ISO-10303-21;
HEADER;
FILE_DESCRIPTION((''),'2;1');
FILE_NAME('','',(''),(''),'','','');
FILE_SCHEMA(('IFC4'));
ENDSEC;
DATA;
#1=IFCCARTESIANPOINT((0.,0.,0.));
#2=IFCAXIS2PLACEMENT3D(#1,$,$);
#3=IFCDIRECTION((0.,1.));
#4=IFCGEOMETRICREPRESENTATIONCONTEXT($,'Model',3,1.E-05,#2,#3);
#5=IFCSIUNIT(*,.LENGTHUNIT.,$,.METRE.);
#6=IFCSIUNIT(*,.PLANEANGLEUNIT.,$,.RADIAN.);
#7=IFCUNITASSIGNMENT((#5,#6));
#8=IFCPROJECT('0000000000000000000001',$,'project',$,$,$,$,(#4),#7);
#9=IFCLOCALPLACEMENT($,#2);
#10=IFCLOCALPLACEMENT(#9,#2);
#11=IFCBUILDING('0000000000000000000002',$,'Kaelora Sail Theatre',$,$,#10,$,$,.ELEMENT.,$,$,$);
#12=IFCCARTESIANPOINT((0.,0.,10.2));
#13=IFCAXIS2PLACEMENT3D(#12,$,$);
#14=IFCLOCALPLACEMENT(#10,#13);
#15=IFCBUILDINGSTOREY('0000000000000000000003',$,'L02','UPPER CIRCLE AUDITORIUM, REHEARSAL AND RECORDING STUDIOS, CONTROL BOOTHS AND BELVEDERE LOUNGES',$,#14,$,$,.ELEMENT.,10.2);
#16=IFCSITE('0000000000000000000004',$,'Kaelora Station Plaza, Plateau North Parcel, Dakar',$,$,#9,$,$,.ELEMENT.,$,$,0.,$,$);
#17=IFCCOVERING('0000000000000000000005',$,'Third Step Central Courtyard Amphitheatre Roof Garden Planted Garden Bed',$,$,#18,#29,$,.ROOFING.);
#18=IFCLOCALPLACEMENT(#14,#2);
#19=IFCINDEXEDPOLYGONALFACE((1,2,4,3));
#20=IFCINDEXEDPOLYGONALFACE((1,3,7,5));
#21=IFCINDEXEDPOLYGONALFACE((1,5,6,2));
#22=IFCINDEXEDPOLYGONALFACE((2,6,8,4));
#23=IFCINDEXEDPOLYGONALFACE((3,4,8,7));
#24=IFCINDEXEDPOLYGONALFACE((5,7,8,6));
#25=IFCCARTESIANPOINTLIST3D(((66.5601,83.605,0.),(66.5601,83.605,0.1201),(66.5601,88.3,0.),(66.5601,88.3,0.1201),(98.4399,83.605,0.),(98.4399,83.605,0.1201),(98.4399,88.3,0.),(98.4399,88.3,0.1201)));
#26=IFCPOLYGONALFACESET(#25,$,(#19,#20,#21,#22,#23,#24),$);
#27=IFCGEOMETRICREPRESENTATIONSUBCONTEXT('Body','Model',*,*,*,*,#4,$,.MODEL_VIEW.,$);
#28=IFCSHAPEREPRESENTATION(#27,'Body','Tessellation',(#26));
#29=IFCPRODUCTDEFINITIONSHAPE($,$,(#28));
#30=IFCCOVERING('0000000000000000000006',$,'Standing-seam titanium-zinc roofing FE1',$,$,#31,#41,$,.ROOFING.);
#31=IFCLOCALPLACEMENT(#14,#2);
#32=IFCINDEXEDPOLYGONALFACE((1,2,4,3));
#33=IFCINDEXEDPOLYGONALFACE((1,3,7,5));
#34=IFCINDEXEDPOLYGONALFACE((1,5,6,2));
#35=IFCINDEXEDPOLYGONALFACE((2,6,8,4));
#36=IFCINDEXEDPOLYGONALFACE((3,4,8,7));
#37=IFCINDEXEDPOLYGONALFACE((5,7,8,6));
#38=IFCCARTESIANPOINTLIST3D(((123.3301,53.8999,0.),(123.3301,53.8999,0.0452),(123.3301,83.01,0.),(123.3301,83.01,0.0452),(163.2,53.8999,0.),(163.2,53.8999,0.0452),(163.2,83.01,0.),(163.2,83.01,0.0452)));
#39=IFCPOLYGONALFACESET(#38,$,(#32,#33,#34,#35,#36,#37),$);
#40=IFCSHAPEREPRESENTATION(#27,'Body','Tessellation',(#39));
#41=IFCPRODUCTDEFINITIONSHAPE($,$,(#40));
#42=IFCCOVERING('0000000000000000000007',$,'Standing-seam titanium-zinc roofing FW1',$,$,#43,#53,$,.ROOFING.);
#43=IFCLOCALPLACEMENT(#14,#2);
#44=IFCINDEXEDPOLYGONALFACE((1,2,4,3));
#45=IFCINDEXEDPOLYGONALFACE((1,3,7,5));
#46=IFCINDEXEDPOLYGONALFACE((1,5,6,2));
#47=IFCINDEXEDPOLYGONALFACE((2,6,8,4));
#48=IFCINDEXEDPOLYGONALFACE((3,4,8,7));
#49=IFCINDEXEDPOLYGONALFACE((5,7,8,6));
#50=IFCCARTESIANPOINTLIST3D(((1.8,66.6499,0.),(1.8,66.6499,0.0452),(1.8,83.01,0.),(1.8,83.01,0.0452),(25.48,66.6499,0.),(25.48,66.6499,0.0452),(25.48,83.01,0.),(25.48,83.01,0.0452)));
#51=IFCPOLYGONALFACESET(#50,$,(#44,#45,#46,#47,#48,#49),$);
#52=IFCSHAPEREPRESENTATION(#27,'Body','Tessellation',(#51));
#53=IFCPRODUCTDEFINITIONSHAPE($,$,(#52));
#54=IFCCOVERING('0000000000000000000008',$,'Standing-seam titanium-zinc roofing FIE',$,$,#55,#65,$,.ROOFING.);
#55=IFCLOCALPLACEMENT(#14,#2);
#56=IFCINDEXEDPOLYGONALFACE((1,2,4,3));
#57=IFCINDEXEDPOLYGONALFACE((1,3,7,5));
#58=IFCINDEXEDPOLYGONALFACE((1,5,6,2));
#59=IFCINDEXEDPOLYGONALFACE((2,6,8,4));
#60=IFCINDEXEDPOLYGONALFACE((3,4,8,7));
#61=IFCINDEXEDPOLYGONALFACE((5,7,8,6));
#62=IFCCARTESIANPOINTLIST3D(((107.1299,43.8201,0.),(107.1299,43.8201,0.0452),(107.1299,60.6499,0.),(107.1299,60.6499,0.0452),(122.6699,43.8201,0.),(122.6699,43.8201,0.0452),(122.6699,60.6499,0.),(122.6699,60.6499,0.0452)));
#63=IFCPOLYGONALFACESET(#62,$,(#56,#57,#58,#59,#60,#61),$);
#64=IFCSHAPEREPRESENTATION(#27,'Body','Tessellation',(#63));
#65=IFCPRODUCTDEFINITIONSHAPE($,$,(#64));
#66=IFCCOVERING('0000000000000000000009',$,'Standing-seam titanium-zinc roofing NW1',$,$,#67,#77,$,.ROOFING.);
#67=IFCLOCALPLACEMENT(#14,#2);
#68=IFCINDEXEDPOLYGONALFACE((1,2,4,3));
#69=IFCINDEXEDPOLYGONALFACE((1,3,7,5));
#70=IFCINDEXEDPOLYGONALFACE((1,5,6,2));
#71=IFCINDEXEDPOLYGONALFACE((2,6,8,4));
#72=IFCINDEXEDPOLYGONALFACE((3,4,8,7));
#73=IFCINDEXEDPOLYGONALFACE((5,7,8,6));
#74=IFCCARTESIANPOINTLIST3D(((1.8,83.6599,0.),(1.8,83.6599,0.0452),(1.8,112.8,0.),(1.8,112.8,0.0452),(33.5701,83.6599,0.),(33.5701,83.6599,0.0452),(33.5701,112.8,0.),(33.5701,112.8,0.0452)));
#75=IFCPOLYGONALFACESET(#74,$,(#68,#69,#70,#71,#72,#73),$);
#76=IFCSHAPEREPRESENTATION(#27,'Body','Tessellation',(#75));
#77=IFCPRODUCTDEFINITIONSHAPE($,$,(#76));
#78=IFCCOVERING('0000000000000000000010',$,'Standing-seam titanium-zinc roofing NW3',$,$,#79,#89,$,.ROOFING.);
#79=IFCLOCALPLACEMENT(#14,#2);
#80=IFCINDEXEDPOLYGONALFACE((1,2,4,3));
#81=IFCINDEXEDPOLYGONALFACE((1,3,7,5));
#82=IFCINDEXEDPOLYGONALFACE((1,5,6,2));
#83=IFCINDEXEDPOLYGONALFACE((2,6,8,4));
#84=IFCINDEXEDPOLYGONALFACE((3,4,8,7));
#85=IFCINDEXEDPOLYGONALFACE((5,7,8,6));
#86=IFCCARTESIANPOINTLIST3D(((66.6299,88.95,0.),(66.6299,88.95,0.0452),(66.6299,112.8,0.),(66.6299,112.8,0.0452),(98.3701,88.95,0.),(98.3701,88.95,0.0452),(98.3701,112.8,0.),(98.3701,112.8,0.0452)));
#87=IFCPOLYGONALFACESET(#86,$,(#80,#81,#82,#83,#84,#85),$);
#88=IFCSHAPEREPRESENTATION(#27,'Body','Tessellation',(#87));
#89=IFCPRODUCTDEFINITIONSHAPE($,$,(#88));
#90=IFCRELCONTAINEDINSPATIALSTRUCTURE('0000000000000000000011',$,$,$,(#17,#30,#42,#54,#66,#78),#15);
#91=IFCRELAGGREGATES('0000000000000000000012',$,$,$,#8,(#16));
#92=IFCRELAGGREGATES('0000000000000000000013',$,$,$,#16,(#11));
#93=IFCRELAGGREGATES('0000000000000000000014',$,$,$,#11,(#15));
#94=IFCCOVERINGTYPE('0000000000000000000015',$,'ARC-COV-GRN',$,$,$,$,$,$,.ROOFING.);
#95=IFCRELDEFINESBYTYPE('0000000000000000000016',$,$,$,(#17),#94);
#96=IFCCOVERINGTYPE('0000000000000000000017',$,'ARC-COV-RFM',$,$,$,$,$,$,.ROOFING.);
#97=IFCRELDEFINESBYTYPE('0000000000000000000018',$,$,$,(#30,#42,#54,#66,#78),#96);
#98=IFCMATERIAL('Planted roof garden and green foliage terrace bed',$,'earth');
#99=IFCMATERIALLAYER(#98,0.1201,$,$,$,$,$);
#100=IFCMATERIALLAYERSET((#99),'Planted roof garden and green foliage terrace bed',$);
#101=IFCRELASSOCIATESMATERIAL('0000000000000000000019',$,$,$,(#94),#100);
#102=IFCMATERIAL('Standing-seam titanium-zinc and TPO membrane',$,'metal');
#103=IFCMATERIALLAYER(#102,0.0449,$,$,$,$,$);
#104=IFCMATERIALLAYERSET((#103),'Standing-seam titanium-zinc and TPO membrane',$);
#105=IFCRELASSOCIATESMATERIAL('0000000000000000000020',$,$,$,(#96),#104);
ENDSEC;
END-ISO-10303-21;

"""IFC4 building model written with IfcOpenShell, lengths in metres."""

from ifc_helpers import new_model, si_unit, direction, frame, origin, place, context, subcontext, project, spatial, polyline, outline, extrude, material, layer, layer_set, type_object, element, save


model = new_model("IFC4")

# Units and contexts
model_context = context("Model", 3, precision=1e-05, world=origin(), true_north=direction((0.0, 1.0)))
body_context = subcontext(model_context, "Body", "Model", "MODEL_VIEW")
ifc_project = project(units=[si_unit("LENGTHUNIT", "METRE"), si_unit("PLANEANGLEUNIT", "RADIAN")], contexts=[model_context])

# Site, building, storey
site_placement = place(None, origin())
site = spatial("IfcSite", under=ifc_project, at=site_placement, Name="Kaelora Station Plaza, Plateau North Parcel, Dakar", CompositionType="ELEMENT", RefElevation=0.0)
building_placement = place(site_placement, origin())
building = spatial("IfcBuilding", under=site, at=building_placement, Name="Kaelora Sail Theatre", CompositionType="ELEMENT")
storey_placement = place(building_placement, frame((0.0, 0.0, 10.2)))
storey = spatial("IfcBuildingStorey", under=building, at=storey_placement, Name="L02", Description="UPPER CIRCLE AUDITORIUM, REHEARSAL AND RECORDING STUDIOS, CONTROL BOOTHS AND BELVEDERE LOUNGES", CompositionType="ELEMENT", Elevation=10.2)

# Coverings
ifc_material_1 = material(Name="Planted roof garden and green foliage terrace bed", Category="earth")
ifc_layer_1 = layer(ifc_material_1, 0.1201)
ifc_layer_set_1 = layer_set([ifc_layer_1], Name="Planted roof garden and green foliage terrace bed")
covering_type_1 = type_object("IfcCoveringType", Name="ARC-COV-GRN", PredefinedType="ROOFING", material=ifc_layer_set_1)
covering_1_placement = place(storey_placement, origin())
element("IfcCovering", 1, at=covering_1_placement, inside=storey, type_object=covering_type_1, Name="Third Step Central Courtyard Amphitheatre Roof Garden Planted Garden Bed", PredefinedType="ROOFING", context=body_context, shape_type="SweptSolid", body=[
    extrude(outline(polyline([(66.5601, 83.605), (98.4399, 83.605), (98.4399, 88.3), (66.5601, 88.3), (66.5601, 83.605)])), origin(), (0.0, 0.0, 1.0), 0.1201),
])
ifc_material_2 = material(Name="Standing-seam titanium-zinc and TPO membrane", Category="metal")
ifc_layer_2 = layer(ifc_material_2, 0.0449)
ifc_layer_set_2 = layer_set([ifc_layer_2], Name="Standing-seam titanium-zinc and TPO membrane")
covering_type_2 = type_object("IfcCoveringType", Name="ARC-COV-RFM", PredefinedType="ROOFING", material=ifc_layer_set_2)
covering_2_placement = place(storey_placement, origin())
element("IfcCovering", 2, at=covering_2_placement, inside=storey, type_object=covering_type_2, Name="Standing-seam titanium-zinc roofing FE1", PredefinedType="ROOFING", context=body_context, shape_type="SweptSolid", body=[
    extrude(outline(polyline([(123.3301, 53.8999), (163.2, 53.8999), (163.2, 83.01), (123.3301, 83.01), (123.3301, 53.8999)])), origin(), (0.0, 0.0, 1.0), 0.0452),
])
covering_3_placement = place(storey_placement, origin())
element("IfcCovering", 3, at=covering_3_placement, inside=storey, type_object=covering_type_2, Name="Standing-seam titanium-zinc roofing FW1", PredefinedType="ROOFING", context=body_context, shape_type="SweptSolid", body=[
    extrude(outline(polyline([(1.8, 66.6499), (25.48, 66.6499), (25.48, 83.01), (1.8, 83.01), (1.8, 66.6499)])), origin(), (0.0, 0.0, 1.0), 0.0452),
])
covering_4_placement = place(storey_placement, origin())
element("IfcCovering", 4, at=covering_4_placement, inside=storey, type_object=covering_type_2, Name="Standing-seam titanium-zinc roofing FIE", PredefinedType="ROOFING", context=body_context, shape_type="SweptSolid", body=[
    extrude(outline(polyline([(107.1299, 43.8201), (122.6699, 43.8201), (122.6699, 60.6499), (107.1299, 60.6499), (107.1299, 43.8201)])), origin(), (0.0, 0.0, 1.0), 0.0452),
])
covering_5_placement = place(storey_placement, origin())
element("IfcCovering", 5, at=covering_5_placement, inside=storey, type_object=covering_type_2, Name="Standing-seam titanium-zinc roofing NW1", PredefinedType="ROOFING", context=body_context, shape_type="SweptSolid", body=[
    extrude(outline(polyline([(1.8, 83.6599), (33.5701, 83.6599), (33.5701, 112.8), (1.8, 112.8), (1.8, 83.6599)])), origin(), (0.0, 0.0, 1.0), 0.0452),
])
covering_6_placement = place(storey_placement, origin())
element("IfcCovering", 6, at=covering_6_placement, inside=storey, type_object=covering_type_2, Name="Standing-seam titanium-zinc roofing NW3", PredefinedType="ROOFING", context=body_context, shape_type="SweptSolid", body=[
    extrude(outline(polyline([(66.6299, 88.95), (98.3701, 88.95), (98.3701, 112.8), (66.6299, 112.8), (66.6299, 88.95)])), origin(), (0.0, 0.0, 1.0), 0.0452),
])

save(model, "model.ifc")
